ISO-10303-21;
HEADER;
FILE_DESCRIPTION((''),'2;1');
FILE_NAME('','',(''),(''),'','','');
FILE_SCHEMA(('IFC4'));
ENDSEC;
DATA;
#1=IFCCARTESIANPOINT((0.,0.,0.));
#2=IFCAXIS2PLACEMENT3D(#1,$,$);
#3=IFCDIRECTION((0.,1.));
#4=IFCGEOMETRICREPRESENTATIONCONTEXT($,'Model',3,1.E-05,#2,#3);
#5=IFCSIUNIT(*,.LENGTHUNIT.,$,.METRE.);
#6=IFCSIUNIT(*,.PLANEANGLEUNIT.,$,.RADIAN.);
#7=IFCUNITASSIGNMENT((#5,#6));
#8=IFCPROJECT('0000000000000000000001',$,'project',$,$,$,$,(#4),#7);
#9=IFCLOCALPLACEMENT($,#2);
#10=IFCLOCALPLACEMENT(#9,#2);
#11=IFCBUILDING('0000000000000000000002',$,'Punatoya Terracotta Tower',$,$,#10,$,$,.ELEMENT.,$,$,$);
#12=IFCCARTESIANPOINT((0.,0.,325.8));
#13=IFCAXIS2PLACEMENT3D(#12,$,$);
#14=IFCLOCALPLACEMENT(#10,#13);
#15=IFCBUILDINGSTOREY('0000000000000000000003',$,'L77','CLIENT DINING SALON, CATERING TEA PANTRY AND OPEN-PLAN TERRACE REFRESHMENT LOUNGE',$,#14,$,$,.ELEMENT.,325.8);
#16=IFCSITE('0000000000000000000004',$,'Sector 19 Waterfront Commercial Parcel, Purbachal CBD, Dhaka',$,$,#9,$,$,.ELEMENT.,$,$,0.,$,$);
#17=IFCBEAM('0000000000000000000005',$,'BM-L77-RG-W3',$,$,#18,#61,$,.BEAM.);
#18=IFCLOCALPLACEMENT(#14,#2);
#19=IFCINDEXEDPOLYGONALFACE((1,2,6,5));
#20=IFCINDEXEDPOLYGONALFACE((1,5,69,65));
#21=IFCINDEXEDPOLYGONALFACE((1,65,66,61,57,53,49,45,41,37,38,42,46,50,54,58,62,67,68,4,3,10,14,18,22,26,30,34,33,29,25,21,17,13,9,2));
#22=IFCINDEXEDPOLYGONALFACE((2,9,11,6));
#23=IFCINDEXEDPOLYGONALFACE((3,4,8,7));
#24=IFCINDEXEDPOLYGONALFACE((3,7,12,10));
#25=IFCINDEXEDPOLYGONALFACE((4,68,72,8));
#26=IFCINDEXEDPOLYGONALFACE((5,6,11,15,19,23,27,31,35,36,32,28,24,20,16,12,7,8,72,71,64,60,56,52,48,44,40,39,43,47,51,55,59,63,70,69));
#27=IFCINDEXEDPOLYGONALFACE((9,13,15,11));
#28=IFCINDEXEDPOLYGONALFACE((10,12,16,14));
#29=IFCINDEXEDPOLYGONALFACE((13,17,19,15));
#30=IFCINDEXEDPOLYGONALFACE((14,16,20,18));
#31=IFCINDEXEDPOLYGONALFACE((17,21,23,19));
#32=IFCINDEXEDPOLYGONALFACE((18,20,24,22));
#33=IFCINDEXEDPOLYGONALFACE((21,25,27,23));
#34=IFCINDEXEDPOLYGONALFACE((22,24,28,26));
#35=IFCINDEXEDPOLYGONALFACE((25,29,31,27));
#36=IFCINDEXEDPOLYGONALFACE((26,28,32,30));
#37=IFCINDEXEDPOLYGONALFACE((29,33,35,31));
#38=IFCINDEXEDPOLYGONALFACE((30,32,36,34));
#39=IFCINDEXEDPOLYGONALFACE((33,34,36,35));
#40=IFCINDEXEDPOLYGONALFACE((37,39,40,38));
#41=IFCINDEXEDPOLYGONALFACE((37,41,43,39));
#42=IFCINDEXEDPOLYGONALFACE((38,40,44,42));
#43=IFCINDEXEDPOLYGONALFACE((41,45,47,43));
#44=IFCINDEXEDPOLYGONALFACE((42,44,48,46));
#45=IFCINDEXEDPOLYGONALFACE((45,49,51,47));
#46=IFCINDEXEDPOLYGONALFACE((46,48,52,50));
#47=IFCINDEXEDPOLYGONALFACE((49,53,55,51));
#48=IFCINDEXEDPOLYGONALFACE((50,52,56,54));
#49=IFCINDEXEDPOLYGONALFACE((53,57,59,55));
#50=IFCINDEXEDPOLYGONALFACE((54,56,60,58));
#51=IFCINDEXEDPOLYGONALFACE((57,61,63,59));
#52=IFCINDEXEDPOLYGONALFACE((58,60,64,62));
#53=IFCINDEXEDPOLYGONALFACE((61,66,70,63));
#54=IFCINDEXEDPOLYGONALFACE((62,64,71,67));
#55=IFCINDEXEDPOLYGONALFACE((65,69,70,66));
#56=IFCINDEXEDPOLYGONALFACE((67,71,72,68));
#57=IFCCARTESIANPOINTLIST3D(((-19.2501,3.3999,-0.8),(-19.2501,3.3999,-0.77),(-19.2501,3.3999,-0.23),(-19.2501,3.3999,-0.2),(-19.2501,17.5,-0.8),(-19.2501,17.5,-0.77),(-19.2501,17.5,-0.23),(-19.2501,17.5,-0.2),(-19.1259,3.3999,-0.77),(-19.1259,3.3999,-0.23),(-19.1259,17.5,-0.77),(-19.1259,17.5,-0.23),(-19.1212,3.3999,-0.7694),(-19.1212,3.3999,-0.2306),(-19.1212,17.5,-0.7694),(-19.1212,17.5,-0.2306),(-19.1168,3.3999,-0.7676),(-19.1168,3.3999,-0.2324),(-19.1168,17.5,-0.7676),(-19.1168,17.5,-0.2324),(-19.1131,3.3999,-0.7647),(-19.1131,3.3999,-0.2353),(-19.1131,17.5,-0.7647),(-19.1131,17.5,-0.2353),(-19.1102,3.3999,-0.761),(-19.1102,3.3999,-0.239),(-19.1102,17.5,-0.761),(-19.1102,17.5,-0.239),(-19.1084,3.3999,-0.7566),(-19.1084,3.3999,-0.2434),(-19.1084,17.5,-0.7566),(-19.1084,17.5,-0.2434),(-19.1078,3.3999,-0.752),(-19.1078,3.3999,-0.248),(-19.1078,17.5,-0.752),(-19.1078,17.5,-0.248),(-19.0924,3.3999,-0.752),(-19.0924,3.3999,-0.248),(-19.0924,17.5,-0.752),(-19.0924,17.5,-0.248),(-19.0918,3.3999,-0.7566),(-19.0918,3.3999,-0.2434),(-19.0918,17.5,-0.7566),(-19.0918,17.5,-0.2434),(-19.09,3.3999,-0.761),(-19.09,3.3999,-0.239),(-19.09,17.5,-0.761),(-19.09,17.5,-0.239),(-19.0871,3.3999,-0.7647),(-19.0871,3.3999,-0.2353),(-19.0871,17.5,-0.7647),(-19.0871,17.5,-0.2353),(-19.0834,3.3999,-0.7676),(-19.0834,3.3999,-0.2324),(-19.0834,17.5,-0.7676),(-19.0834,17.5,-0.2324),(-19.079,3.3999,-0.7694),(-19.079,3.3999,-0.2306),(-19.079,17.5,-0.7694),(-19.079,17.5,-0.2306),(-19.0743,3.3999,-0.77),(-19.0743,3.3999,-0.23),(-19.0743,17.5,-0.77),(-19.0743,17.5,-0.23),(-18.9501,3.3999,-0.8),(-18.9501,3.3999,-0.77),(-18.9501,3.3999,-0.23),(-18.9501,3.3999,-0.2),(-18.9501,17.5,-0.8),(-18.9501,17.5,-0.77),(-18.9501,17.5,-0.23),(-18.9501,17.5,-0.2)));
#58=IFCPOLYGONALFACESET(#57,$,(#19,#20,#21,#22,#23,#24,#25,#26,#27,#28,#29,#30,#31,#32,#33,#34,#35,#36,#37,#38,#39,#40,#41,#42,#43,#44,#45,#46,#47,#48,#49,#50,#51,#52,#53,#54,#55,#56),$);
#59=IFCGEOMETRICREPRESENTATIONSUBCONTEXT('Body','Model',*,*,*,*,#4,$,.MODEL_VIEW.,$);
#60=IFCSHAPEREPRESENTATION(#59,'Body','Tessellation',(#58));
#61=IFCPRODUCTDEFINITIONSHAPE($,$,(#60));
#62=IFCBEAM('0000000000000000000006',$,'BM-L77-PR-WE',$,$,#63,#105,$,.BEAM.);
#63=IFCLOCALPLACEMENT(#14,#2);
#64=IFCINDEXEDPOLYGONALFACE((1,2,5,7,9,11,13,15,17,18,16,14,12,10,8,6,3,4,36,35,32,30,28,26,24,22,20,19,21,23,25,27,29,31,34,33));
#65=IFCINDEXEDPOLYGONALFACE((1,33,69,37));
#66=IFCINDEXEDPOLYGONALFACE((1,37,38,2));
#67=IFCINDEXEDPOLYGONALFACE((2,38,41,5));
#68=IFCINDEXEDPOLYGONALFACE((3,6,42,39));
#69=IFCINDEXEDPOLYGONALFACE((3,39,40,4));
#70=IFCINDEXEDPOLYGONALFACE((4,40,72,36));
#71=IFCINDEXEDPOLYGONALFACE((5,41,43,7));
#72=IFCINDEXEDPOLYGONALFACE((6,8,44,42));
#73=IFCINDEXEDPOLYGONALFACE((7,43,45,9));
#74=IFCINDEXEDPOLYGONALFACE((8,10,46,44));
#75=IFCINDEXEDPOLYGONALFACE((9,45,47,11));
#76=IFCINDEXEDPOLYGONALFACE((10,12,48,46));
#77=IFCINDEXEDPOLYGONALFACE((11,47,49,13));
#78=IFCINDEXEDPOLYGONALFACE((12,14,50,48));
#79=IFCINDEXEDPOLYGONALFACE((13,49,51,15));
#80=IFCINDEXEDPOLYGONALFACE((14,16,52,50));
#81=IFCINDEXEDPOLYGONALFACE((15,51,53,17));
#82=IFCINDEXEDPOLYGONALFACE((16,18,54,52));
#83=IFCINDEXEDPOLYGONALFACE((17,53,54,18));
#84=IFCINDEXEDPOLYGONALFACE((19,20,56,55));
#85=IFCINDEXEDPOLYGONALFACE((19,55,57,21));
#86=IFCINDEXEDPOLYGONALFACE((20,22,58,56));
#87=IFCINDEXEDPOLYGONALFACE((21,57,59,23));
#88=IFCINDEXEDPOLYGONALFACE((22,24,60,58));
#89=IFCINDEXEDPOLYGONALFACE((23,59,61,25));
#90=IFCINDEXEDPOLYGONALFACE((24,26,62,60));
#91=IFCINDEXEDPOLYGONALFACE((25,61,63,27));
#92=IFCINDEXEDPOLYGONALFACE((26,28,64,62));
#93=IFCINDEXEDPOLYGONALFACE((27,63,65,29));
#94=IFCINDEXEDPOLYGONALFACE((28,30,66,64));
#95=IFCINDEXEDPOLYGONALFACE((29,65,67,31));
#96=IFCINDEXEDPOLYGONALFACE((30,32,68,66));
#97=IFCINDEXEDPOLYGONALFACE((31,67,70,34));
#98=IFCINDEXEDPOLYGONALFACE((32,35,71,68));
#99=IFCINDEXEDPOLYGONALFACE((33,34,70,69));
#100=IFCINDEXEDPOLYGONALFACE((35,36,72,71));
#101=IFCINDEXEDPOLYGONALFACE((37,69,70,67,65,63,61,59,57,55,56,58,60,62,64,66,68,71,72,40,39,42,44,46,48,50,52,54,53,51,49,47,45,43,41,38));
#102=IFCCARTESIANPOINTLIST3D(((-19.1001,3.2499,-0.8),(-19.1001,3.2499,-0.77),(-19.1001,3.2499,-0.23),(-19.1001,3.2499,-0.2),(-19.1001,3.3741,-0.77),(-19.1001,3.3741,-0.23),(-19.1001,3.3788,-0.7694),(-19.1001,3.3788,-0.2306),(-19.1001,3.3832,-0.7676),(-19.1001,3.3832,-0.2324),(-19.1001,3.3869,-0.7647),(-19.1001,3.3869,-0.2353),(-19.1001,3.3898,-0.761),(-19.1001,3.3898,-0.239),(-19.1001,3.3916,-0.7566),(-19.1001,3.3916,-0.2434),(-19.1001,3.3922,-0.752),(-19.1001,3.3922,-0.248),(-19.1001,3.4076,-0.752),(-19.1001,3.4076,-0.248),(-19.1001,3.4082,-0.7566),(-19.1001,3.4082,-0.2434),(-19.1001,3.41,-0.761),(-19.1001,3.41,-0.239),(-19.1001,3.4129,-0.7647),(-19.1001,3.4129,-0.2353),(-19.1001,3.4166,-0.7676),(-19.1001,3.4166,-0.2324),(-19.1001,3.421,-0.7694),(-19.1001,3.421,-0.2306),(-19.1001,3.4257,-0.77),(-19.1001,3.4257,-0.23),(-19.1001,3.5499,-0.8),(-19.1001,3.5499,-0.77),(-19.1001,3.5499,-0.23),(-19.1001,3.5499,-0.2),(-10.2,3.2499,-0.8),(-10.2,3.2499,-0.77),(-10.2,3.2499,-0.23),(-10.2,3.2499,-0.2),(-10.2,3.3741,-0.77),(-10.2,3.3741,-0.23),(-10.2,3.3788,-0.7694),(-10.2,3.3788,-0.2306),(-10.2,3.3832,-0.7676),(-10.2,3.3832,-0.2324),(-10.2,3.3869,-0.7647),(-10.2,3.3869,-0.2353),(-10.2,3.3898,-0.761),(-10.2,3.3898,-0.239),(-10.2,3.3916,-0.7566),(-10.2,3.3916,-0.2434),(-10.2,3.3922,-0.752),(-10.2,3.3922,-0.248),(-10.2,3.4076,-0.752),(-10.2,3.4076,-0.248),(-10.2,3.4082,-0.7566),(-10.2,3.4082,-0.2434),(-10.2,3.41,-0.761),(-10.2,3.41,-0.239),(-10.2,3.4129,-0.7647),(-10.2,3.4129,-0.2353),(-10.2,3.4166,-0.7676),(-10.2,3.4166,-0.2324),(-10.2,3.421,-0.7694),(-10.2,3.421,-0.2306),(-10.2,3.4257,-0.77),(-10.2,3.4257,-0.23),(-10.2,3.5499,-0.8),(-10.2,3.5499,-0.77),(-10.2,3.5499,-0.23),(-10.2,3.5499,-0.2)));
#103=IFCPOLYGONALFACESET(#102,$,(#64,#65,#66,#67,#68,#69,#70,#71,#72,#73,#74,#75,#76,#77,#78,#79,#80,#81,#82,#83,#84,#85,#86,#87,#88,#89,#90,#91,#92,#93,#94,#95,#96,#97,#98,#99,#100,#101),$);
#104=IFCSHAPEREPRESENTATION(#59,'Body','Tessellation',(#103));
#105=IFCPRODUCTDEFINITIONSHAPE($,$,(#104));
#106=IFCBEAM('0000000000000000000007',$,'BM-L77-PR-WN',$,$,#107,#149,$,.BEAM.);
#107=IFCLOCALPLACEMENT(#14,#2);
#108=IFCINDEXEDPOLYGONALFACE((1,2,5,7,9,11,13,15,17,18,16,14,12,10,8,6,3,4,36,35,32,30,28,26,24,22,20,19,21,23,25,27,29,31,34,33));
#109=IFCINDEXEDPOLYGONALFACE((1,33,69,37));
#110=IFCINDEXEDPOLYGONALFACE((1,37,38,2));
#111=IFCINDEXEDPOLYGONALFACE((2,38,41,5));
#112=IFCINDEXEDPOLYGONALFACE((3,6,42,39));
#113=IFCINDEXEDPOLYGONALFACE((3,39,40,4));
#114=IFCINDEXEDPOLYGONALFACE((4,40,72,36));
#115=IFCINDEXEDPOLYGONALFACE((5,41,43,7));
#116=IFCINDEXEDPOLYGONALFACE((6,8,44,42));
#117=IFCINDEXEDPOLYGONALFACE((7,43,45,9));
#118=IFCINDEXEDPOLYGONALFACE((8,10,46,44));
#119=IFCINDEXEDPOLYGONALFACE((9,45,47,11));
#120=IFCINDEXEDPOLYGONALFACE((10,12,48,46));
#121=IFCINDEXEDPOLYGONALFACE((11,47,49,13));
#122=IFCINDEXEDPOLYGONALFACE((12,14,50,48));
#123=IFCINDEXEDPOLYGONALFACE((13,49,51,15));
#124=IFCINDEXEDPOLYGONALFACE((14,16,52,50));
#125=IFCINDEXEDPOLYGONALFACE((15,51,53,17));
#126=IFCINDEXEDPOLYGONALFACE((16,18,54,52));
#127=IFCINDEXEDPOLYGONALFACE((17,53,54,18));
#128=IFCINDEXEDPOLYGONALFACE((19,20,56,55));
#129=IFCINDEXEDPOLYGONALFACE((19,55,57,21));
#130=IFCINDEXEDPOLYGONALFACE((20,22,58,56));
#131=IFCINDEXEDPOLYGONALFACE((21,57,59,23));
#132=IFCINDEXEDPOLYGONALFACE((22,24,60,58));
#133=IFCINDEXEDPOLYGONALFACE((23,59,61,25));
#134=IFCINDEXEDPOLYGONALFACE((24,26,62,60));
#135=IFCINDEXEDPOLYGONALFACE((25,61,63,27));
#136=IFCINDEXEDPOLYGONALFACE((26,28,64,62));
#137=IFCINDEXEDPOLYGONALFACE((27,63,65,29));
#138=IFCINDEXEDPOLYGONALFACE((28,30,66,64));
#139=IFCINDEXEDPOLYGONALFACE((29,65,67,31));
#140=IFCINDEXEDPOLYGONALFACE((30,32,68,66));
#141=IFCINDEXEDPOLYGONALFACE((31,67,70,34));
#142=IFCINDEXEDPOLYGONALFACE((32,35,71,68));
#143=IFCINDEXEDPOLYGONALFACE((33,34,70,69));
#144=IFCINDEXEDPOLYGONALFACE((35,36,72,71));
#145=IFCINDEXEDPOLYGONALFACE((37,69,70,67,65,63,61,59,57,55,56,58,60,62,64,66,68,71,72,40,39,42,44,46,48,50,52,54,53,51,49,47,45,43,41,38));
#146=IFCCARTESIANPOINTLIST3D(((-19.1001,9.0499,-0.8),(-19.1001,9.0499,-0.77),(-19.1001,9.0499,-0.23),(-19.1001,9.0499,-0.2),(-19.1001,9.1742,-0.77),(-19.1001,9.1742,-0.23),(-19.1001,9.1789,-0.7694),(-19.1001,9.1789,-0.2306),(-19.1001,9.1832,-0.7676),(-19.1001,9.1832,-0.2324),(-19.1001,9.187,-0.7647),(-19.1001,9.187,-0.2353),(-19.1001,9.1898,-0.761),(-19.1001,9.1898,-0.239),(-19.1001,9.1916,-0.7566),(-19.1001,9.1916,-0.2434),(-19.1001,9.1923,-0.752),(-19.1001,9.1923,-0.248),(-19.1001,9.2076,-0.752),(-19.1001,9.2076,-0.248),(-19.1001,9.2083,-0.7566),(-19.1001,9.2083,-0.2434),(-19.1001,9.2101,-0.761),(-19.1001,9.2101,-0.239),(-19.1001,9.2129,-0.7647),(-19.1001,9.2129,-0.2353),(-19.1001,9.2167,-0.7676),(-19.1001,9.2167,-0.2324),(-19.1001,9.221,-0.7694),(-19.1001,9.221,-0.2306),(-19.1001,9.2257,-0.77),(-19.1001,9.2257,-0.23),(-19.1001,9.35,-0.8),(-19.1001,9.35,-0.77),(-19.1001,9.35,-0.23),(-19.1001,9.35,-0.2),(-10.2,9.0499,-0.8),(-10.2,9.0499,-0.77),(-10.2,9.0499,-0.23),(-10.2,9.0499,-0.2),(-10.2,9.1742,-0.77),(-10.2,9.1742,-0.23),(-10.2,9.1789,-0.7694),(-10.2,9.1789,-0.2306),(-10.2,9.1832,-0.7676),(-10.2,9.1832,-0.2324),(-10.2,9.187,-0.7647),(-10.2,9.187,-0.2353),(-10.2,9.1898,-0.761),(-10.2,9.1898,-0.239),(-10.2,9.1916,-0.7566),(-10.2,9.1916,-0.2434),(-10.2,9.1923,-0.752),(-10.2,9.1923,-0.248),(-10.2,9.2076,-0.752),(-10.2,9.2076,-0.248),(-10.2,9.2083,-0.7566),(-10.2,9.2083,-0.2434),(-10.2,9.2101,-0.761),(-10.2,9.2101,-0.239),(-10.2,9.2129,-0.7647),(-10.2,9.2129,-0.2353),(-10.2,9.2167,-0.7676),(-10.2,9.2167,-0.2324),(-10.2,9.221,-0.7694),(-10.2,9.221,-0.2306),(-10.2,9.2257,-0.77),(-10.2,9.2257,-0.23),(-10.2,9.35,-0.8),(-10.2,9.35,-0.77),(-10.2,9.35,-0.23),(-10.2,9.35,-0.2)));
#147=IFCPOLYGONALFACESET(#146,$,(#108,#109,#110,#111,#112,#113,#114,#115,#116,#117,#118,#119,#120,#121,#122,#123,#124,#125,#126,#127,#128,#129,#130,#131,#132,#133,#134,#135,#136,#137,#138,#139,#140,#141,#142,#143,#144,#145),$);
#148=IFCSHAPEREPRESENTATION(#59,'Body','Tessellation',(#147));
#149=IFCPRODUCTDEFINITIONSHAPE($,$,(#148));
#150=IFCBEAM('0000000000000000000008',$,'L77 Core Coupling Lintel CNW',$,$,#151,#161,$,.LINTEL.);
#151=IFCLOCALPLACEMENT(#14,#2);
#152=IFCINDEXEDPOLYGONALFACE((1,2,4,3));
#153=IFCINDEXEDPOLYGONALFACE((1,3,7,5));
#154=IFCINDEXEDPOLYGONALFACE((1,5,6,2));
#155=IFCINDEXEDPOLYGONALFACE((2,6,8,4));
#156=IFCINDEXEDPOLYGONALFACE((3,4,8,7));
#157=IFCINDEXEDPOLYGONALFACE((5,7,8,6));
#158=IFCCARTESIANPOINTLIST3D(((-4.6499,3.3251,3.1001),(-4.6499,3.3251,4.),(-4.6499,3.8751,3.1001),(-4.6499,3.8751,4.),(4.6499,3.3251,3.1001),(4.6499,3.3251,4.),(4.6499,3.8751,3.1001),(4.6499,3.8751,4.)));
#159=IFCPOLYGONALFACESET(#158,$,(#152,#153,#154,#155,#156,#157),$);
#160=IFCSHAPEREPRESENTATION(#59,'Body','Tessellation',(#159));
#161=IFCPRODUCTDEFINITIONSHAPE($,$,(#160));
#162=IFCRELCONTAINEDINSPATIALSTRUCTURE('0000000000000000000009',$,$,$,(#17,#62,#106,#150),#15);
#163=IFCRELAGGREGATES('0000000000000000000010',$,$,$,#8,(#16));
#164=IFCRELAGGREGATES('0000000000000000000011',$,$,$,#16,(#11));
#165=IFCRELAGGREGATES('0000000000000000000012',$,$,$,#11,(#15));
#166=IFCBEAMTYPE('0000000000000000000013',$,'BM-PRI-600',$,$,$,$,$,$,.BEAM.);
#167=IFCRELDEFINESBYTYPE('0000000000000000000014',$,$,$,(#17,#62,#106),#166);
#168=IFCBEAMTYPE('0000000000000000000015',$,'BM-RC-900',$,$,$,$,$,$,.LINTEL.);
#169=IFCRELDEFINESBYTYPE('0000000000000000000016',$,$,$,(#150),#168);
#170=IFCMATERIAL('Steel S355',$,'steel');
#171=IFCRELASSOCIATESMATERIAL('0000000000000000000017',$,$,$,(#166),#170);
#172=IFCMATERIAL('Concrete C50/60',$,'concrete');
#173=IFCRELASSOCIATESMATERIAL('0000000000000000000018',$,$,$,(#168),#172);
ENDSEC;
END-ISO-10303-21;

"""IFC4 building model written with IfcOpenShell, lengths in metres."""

from ifc_helpers import new_model, si_unit, direction, frame, origin, origin_2d, place, context, subcontext, project, spatial, rectangle, i_section, extrude, material, material_profile, profile_set, type_object, element, save


model = new_model("IFC4")

# Units and contexts
model_context = context("Model", 3, precision=1e-05, world=origin(), true_north=direction((0.0, 1.0)))
body_context = subcontext(model_context, "Body", "Model", "MODEL_VIEW")
ifc_project = project(units=[si_unit("LENGTHUNIT", "METRE"), si_unit("PLANEANGLEUNIT", "RADIAN")], contexts=[model_context])

# Site, building, storey
site_placement = place(None, origin())
site = spatial("IfcSite", under=ifc_project, at=site_placement, Name="Sector 19 Waterfront Commercial Parcel, Purbachal CBD, Dhaka", CompositionType="ELEMENT", RefElevation=0.0)
building_placement = place(site_placement, origin())
building = spatial("IfcBuilding", under=site, at=building_placement, Name="Punatoya Terracotta Tower", CompositionType="ELEMENT")
storey_placement = place(building_placement, frame((0.0, 0.0, 325.8)))
storey = spatial("IfcBuildingStorey", under=building, at=storey_placement, Name="L77", Description="CLIENT DINING SALON, CATERING TEA PANTRY AND OPEN-PLAN TERRACE REFRESHMENT LOUNGE", CompositionType="ELEMENT", Elevation=325.8)

# Beams
ifc_material_1 = material(Name="Steel S355", Category="steel")
ifc_material_profile_1 = material_profile(ifc_material_1, i_section(OverallWidth=0.3, OverallDepth=0.6001, WebThickness=0.0154, FlangeThickness=0.03, FilletRadius=0.0181, at=origin_2d()))
ifc_profile_set_1 = profile_set([ifc_material_profile_1], Name="Steel S355")
beam_type_1 = type_object("IfcBeamType", Name="BM-PRI-600", PredefinedType="BEAM", material=ifc_profile_set_1)
beam_1_placement = place(storey_placement, frame((-19.1001, 3.3999, -0.5), z_axis=(0.0, 1.0, 0.0), x_axis=(-1.0, 0.0, 0.0)))
element("IfcBeam", 1, at=beam_1_placement, inside=storey, type_object=beam_type_1, Name="BM-L77-RG-W3", PredefinedType="BEAM", context=body_context, shape_type="SweptSolid", body=[
    extrude(i_section(OverallWidth=0.3, OverallDepth=0.6001, WebThickness=0.0154, FlangeThickness=0.03, FilletRadius=0.0181, at=origin_2d()), origin(), (0.0, 0.0, 1.0), 14.1001),
])
for number, where, z_axis, x_axis, name in (
    (2, (-19.1001, 3.3999, -0.5), (1.0, 0.0, 0.0), (0.0, 1.0, 0.0), "BM-L77-PR-WE"),
    (3, (-19.1001, 9.2, -0.5), (1.0, 0.0, 0.0), (0.0, 1.0, 0.0), "BM-L77-PR-WN"),
):
    element("IfcBeam", number, at=place(storey_placement, frame(where, z_axis=z_axis, x_axis=x_axis)), inside=storey, type_object=beam_type_1, Name=name, PredefinedType="BEAM", context=body_context, shape_type="SweptSolid", body=[
        extrude(i_section(OverallWidth=0.3, OverallDepth=0.6001, WebThickness=0.0154, FlangeThickness=0.03, FilletRadius=0.0181, at=origin_2d()), origin(), (0.0, 0.0, 1.0), 8.9001),
    ])
ifc_material_2 = material(Name="Concrete C50/60", Category="concrete")
ifc_material_profile_2 = material_profile(ifc_material_2, rectangle(XDim=0.55, YDim=0.8999, at=origin_2d()))
ifc_profile_set_2 = profile_set([ifc_material_profile_2], Name="Concrete C50/60")
beam_type_2 = type_object("IfcBeamType", Name="BM-RC-900", PredefinedType="LINTEL", material=ifc_profile_set_2)
beam_2_placement = place(storey_placement, frame((-4.6499, 3.6001, 3.55), z_axis=(1.0, 0.0, 0.0), x_axis=(0.0, 1.0, 0.0)))
element("IfcBeam", 4, at=beam_2_placement, inside=storey, type_object=beam_type_2, Name="L77 Core Coupling Lintel CNW", PredefinedType="LINTEL", context=body_context, shape_type="SweptSolid", body=[
    extrude(rectangle(XDim=0.55, YDim=0.8999, at=origin_2d()), origin(), (0.0, 0.0, 1.0), 9.2998),
])

save(model, "model.ifc")
